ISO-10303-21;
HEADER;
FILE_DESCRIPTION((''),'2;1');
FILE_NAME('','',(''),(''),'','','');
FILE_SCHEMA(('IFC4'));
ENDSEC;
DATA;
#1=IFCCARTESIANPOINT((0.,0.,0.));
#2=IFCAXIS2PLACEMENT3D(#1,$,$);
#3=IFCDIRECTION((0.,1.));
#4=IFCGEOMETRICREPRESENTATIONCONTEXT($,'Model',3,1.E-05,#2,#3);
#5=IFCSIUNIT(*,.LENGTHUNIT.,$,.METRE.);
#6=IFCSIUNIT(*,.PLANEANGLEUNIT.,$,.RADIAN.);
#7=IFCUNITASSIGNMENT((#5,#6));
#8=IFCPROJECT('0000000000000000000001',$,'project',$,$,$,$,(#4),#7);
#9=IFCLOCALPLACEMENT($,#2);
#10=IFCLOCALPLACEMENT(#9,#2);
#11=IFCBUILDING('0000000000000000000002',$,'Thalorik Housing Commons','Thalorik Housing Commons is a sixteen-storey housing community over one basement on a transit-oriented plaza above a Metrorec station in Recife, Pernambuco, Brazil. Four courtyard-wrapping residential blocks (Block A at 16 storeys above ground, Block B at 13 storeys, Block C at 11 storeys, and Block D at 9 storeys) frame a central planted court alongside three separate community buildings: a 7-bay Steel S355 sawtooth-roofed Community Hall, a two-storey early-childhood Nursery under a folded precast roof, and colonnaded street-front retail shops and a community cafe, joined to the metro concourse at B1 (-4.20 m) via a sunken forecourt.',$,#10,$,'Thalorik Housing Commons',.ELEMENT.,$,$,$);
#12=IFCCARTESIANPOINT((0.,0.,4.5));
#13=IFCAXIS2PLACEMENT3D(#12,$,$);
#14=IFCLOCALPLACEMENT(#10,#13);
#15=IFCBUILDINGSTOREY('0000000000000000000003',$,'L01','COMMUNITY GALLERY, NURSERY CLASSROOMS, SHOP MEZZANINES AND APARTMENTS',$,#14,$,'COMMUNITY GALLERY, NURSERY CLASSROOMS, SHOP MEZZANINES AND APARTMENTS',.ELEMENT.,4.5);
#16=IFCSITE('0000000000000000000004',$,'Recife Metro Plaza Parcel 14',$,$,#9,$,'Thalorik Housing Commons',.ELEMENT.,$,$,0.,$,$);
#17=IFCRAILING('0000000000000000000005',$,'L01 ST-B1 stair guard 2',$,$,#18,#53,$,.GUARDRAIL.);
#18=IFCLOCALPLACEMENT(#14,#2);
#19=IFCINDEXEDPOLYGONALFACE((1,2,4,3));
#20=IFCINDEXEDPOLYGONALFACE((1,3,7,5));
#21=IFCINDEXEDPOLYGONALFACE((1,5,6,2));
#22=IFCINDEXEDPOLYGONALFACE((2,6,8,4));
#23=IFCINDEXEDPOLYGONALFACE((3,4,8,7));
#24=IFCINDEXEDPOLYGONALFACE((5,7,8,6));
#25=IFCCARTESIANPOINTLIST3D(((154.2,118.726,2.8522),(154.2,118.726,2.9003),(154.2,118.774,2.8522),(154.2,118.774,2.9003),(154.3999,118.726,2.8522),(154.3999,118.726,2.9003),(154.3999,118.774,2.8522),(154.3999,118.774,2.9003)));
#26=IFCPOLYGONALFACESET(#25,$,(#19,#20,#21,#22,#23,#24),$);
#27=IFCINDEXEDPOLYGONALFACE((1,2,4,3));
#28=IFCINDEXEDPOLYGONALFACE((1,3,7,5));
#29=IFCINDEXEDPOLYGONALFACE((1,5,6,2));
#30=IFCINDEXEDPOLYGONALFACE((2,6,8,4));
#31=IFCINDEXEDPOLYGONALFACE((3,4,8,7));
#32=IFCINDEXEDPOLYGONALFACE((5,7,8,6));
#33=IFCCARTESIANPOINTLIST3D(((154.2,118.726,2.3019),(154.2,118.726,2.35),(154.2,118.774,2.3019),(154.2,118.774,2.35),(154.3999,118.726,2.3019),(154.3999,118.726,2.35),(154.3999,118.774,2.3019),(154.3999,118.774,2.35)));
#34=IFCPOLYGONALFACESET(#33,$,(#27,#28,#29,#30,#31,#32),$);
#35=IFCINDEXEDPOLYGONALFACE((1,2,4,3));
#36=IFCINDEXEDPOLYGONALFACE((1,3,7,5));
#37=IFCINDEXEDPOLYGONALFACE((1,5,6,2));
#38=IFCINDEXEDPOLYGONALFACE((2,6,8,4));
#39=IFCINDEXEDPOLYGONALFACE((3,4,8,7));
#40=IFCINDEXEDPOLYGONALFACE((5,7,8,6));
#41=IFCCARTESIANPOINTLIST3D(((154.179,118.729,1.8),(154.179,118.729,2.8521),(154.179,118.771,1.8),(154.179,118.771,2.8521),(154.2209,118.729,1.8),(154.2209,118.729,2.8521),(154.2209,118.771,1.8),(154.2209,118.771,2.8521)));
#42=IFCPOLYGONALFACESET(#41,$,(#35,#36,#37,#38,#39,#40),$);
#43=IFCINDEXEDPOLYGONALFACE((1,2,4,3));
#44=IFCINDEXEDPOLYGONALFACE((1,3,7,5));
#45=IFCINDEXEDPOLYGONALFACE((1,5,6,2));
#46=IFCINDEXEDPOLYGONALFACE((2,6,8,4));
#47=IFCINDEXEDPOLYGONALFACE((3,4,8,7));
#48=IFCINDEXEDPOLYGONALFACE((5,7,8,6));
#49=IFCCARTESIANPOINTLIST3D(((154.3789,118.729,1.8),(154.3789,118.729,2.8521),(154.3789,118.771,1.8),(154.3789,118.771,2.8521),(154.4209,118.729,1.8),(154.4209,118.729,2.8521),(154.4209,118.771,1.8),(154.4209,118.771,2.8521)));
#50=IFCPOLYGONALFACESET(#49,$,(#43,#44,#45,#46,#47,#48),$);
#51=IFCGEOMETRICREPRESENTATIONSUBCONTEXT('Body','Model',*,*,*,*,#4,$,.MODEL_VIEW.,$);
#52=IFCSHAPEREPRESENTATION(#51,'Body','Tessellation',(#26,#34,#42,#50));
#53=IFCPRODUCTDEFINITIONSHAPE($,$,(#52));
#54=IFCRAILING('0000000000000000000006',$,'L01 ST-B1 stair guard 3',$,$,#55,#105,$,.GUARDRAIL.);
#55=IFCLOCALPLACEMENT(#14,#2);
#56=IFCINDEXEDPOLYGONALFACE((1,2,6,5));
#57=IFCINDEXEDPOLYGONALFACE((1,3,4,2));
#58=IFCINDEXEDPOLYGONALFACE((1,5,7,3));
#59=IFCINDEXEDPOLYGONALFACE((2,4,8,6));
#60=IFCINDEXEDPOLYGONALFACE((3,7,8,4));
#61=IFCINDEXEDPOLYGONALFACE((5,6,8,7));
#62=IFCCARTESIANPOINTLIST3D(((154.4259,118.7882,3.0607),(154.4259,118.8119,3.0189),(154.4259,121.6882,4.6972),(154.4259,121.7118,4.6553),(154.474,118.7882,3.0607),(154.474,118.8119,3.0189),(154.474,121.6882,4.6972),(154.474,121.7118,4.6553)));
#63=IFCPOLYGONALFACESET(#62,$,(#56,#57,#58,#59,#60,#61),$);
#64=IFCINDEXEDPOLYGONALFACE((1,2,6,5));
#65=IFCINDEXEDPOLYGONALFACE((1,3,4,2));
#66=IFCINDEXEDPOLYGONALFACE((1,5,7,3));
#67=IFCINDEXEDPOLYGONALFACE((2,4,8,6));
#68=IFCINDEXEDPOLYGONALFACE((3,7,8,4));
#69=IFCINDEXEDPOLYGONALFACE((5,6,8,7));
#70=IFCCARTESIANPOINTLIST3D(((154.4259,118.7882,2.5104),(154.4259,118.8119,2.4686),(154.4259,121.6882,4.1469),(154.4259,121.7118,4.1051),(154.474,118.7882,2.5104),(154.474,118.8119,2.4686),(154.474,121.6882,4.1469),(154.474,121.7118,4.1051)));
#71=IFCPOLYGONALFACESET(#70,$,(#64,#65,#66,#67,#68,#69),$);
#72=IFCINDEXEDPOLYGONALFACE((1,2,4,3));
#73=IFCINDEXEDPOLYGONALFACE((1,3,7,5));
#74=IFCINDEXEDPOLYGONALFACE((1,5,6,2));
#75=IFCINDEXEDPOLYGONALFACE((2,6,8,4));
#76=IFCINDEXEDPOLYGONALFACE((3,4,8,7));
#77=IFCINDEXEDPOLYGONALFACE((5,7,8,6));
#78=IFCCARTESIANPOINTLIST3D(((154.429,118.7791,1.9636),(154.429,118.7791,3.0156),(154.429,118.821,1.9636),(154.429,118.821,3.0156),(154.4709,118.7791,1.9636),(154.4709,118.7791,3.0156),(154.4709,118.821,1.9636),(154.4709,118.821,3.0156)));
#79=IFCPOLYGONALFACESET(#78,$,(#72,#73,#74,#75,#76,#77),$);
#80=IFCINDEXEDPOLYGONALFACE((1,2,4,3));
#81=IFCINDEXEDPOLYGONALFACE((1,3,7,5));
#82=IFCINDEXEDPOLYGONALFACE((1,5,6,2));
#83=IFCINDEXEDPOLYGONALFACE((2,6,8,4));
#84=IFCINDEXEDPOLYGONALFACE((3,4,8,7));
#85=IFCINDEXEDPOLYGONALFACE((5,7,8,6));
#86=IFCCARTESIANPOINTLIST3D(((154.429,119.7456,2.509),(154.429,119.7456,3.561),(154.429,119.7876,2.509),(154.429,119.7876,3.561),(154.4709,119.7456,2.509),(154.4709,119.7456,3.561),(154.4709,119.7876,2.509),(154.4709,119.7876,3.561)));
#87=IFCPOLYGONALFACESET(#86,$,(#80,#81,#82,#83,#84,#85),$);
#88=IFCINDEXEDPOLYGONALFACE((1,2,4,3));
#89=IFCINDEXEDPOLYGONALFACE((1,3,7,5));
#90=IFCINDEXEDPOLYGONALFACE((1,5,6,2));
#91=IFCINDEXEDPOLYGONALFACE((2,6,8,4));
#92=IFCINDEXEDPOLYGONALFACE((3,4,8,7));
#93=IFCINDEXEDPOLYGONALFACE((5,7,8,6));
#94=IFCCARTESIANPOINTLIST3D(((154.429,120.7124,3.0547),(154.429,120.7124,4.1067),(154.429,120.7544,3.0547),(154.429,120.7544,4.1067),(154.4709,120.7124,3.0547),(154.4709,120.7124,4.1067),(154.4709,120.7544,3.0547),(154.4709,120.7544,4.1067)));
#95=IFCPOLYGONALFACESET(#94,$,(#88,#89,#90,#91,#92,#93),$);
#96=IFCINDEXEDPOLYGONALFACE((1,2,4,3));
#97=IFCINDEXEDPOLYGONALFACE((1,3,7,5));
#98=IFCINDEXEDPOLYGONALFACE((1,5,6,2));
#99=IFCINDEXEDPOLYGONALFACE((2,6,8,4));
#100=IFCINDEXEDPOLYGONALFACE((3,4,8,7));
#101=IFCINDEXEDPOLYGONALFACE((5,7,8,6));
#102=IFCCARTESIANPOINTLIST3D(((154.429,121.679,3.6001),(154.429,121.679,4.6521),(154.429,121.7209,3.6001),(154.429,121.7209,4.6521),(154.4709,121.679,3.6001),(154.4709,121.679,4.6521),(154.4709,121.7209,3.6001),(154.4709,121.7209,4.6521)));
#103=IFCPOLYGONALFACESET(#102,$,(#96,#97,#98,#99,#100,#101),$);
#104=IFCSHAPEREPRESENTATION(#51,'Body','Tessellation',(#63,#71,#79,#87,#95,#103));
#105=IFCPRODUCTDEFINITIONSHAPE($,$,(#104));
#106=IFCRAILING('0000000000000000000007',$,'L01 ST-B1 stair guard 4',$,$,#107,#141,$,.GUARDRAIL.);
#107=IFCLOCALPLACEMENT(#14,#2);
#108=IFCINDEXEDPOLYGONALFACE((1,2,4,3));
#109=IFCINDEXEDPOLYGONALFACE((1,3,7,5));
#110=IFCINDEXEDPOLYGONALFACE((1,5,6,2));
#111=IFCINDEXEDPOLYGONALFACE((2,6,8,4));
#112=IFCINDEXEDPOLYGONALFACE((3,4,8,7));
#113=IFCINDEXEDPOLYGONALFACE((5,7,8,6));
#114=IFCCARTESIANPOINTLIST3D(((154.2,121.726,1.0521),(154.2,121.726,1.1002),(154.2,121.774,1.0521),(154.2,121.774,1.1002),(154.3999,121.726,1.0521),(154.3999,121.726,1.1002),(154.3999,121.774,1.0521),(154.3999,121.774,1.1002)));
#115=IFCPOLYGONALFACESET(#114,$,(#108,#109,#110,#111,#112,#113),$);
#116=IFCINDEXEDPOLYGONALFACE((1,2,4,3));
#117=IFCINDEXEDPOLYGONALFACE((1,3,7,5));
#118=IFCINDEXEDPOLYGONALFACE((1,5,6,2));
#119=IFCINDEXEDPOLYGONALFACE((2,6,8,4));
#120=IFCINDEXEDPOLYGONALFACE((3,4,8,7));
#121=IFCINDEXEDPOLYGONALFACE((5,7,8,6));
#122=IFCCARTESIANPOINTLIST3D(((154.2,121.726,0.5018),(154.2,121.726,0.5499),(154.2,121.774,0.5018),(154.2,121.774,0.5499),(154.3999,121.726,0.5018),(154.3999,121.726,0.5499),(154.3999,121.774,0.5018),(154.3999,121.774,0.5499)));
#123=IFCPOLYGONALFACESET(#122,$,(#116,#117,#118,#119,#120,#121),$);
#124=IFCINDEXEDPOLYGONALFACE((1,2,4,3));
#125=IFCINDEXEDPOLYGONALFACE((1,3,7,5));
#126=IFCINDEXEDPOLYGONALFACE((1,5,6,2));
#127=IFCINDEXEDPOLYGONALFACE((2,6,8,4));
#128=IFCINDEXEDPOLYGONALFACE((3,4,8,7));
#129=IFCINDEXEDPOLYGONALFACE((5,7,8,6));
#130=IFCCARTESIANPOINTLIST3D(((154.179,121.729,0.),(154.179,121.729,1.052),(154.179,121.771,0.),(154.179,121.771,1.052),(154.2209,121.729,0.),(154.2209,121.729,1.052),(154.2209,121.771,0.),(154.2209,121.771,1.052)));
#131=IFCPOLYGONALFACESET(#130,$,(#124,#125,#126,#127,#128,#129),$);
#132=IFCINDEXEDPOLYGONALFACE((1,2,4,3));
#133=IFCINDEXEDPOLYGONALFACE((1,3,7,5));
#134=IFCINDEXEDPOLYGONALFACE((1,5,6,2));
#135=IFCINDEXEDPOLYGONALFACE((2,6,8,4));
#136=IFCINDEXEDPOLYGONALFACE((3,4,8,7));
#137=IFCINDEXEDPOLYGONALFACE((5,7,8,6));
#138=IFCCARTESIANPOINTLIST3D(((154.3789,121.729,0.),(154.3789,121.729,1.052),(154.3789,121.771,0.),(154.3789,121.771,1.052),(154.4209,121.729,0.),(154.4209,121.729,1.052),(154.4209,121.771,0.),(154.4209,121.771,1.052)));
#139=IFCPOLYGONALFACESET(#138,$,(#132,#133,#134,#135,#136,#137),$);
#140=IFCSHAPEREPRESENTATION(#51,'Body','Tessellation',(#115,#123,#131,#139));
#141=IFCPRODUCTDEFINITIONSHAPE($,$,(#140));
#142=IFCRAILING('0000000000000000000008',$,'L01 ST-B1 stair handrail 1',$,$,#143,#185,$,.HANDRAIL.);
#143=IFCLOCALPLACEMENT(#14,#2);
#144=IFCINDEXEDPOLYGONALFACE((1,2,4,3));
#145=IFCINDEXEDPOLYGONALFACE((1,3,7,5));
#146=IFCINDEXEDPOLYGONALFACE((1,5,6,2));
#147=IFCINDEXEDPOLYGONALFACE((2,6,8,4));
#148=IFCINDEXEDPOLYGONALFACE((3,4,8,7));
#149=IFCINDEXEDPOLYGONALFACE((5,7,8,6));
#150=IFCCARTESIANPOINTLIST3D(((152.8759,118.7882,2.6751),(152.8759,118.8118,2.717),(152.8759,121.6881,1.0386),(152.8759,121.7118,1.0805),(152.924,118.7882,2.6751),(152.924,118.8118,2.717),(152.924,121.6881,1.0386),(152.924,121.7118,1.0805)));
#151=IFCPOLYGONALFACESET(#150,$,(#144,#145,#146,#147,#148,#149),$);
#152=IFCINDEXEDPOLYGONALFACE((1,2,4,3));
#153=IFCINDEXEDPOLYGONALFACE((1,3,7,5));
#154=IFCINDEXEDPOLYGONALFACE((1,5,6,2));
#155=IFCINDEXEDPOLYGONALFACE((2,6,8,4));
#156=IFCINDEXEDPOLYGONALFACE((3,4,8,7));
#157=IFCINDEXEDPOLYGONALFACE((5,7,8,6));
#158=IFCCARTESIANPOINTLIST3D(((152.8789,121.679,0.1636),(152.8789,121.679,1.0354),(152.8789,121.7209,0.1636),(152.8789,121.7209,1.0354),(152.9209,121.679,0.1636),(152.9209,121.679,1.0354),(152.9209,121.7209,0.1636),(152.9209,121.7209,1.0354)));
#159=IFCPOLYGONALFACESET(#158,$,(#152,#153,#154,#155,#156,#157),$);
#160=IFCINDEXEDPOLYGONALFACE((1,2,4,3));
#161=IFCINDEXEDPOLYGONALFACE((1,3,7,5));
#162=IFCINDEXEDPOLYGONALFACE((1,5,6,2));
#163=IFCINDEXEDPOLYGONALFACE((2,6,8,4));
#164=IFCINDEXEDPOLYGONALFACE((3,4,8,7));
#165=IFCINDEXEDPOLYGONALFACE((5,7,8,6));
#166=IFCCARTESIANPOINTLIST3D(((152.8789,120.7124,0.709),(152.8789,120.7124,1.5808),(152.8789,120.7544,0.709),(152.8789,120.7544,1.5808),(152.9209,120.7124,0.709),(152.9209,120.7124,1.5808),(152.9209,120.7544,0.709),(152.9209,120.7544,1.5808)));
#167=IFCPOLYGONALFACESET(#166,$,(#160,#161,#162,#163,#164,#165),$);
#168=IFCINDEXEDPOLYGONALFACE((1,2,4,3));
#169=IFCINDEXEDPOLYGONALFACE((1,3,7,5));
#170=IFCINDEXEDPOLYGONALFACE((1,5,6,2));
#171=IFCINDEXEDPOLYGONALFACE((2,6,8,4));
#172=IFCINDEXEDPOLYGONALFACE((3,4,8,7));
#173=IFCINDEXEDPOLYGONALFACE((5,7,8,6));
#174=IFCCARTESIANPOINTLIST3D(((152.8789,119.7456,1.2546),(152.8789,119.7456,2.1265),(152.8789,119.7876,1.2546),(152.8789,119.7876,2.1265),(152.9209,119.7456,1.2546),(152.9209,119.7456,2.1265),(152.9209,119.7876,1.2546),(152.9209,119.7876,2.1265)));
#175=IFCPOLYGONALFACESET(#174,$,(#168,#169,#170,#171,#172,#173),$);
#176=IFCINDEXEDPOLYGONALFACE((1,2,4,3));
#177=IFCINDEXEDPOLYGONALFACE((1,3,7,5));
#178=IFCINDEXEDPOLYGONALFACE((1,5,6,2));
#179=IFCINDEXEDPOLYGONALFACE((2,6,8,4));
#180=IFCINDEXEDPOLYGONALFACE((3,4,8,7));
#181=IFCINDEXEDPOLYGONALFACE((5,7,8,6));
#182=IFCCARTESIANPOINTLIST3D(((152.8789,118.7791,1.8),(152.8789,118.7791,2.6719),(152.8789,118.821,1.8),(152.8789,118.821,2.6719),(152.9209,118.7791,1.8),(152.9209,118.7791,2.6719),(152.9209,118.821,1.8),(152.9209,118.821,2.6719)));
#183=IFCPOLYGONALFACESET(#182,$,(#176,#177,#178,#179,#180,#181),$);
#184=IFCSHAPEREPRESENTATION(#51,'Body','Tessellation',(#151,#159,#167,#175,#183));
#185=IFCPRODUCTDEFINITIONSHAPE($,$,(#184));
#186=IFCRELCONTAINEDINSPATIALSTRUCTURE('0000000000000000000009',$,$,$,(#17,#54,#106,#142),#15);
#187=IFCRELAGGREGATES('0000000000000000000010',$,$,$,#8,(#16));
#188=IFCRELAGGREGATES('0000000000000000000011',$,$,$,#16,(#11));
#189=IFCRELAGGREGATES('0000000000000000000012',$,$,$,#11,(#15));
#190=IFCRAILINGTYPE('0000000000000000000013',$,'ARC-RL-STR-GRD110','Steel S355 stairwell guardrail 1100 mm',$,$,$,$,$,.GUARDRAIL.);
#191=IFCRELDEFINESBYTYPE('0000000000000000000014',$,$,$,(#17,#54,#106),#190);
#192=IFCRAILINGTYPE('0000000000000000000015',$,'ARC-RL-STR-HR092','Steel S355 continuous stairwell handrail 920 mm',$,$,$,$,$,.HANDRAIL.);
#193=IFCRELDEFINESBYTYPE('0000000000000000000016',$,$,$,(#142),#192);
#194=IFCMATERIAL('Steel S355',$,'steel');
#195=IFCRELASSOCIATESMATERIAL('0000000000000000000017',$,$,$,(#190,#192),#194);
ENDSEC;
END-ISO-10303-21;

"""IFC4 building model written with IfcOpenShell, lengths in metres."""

from ifc_helpers import new_model, si_unit, direction, frame, origin, origin_2d, place, context, subcontext, project, spatial, rectangle, extrude, material, type_object, element, save


model = new_model("IFC4")

# Units and contexts
model_context = context("Model", 3, precision=1e-05, world=origin(), true_north=direction((0.0, 1.0)))
body_context = subcontext(model_context, "Body", "Model", "MODEL_VIEW")
ifc_project = project(units=[si_unit("LENGTHUNIT", "METRE"), si_unit("PLANEANGLEUNIT", "RADIAN")], contexts=[model_context])

# Site, building, storey
site_placement = place(None, origin())
site = spatial("IfcSite", under=ifc_project, at=site_placement, Name="Recife Metro Plaza Parcel 14", LongName="Thalorik Housing Commons", CompositionType="ELEMENT", RefElevation=0.0)
building_placement = place(site_placement, origin())
building = spatial("IfcBuilding", under=site, at=building_placement, Name="Thalorik Housing Commons", Description="Thalorik Housing Commons is a sixteen-storey housing community over one basement on a transit-oriented plaza above a Metrorec station in Recife, Pernambuco, Brazil. Four courtyard-wrapping residential blocks (Block A at 16 storeys above ground, Block B at 13 storeys, Block C at 11 storeys, and Block D at 9 storeys) frame a central planted court alongside three separate community buildings: a 7-bay Steel S355 sawtooth-roofed Community Hall, a two-storey early-childhood Nursery under a folded precast roof, and colonnaded street-front retail shops and a community cafe, joined to the metro concourse at B1 (-4.20 m) via a sunken forecourt.", LongName="Thalorik Housing Commons", CompositionType="ELEMENT")
storey_placement = place(building_placement, frame((0.0, 0.0, 4.5)))
storey = spatial("IfcBuildingStorey", under=building, at=storey_placement, Name="L01", Description="COMMUNITY GALLERY, NURSERY CLASSROOMS, SHOP MEZZANINES AND APARTMENTS", LongName="COMMUNITY GALLERY, NURSERY CLASSROOMS, SHOP MEZZANINES AND APARTMENTS", CompositionType="ELEMENT", Elevation=4.5)

# Shared definitions
ifc_material_1 = material(Name="Steel S355", Category="steel")

# Railings
railing_type_1 = type_object("IfcRailingType", Name="ARC-RL-STR-GRD110", Description="Steel S355 stairwell guardrail 1100 mm", PredefinedType="GUARDRAIL", material=ifc_material_1)
railing_1_placement = place(storey_placement, frame((154.2, 118.75, 1.8)))
element("IfcRailing", 1, at=railing_1_placement, inside=storey, type_object=railing_type_1, Name="L01 ST-B1 stair guard 2", PredefinedType="GUARDRAIL", context=body_context, shape_type="SweptSolid", body=[
    extrude(rectangle(XDim=0.0481, YDim=0.0481, at=origin_2d()), frame((0.0, 0.0, 1.0762), z_axis=(1.0, 0.0, 0.0), x_axis=(0.0, 1.0, 0.0)), (0.0, 0.0, 1.0), 0.2),
    extrude(rectangle(XDim=0.0481, YDim=0.0481, at=origin_2d()), frame((0.0, 0.0, 0.5259), z_axis=(1.0, 0.0, 0.0), x_axis=(0.0, 1.0, 0.0)), (0.0, 0.0, 1.0), 0.2),
    extrude(rectangle(XDim=0.042, YDim=0.042, at=origin_2d()), origin(), (0.0, 0.0, 1.0), 1.052),
    extrude(rectangle(XDim=0.042, YDim=0.042, at=origin_2d()), frame((0.2, 0.0, 0.0)), (0.0, 0.0, 1.0), 1.052),
])
railing_2_placement = place(storey_placement, frame((154.45, 118.8, 1.9636)))
element("IfcRailing", 2, at=railing_2_placement, inside=storey, type_object=railing_type_1, Name="L01 ST-B1 stair guard 3", PredefinedType="GUARDRAIL", context=body_context, shape_type="SweptSolid", body=[
    extrude(rectangle(XDim=0.0481, YDim=0.0481, at=origin_2d()), frame((0.0, 0.0, 1.0762), z_axis=(0.0, 0.870897, 0.491465), x_axis=(-1.0, 0.0, 0.0)), (0.0, 0.0, 1.0), 3.3298),
    extrude(rectangle(XDim=0.0481, YDim=0.0481, at=origin_2d()), frame((0.0, 0.0, 0.5259), z_axis=(0.0, 0.870897, 0.491465), x_axis=(-1.0, 0.0, 0.0)), (0.0, 0.0, 1.0), 3.3298),
    extrude(rectangle(XDim=0.042, YDim=0.042, at=origin_2d()), origin(), (0.0, 0.0, 1.0), 1.052),
    extrude(rectangle(XDim=0.042, YDim=0.042, at=origin_2d()), frame((0.0, 0.9666, 0.5454)), (0.0, 0.0, 1.0), 1.052),
    extrude(rectangle(XDim=0.042, YDim=0.042, at=origin_2d()), frame((0.0, 1.9333, 1.0911)), (0.0, 0.0, 1.0), 1.052),
    extrude(rectangle(XDim=0.042, YDim=0.042, at=origin_2d()), frame((0.0, 2.8999, 1.6365)), (0.0, 0.0, 1.0), 1.052),
])
railing_3_placement = place(storey_placement, frame((154.2, 121.75, 0.0)))
element("IfcRailing", 3, at=railing_3_placement, inside=storey, type_object=railing_type_1, Name="L01 ST-B1 stair guard 4", PredefinedType="GUARDRAIL", context=body_context, shape_type="SweptSolid", body=[
    extrude(rectangle(XDim=0.0481, YDim=0.0481, at=origin_2d()), frame((0.0, 0.0, 1.0762), z_axis=(1.0, 0.0, 0.0), x_axis=(0.0, 1.0, 0.0)), (0.0, 0.0, 1.0), 0.2),
    extrude(rectangle(XDim=0.0481, YDim=0.0481, at=origin_2d()), frame((0.0, 0.0, 0.5259), z_axis=(1.0, 0.0, 0.0), x_axis=(0.0, 1.0, 0.0)), (0.0, 0.0, 1.0), 0.2),
    extrude(rectangle(XDim=0.042, YDim=0.042, at=origin_2d()), origin(), (0.0, 0.0, 1.0), 1.052),
    extrude(rectangle(XDim=0.042, YDim=0.042, at=origin_2d()), frame((0.2, 0.0, 0.0)), (0.0, 0.0, 1.0), 1.052),
])
railing_type_2 = type_object("IfcRailingType", Name="ARC-RL-STR-HR092", Description="Steel S355 continuous stairwell handrail 920 mm", PredefinedType="HANDRAIL", material=ifc_material_1)
railing_4_placement = place(storey_placement, frame((152.8999, 121.7, 0.1636)))
element("IfcRailing", 4, at=railing_4_placement, inside=storey, type_object=railing_type_2, Name="L01 ST-B1 stair handrail 1", PredefinedType="HANDRAIL", context=body_context, shape_type="SweptSolid", body=[
    extrude(rectangle(XDim=0.0481, YDim=0.0481, at=origin_2d()), frame((0.0, 0.0, 0.896), z_axis=(0.0, -0.870897, 0.491465), x_axis=(1.0, 0.0, 0.0)), (0.0, 0.0, 1.0), 3.3298),
    extrude(rectangle(XDim=0.042, YDim=0.042, at=origin_2d()), origin(), (0.0, 0.0, 1.0), 0.8718),
    extrude(rectangle(XDim=0.042, YDim=0.042, at=origin_2d()), frame((0.0, -0.9666, 0.5454)), (0.0, 0.0, 1.0), 0.8718),
    extrude(rectangle(XDim=0.042, YDim=0.042, at=origin_2d()), frame((0.0, -1.9333, 1.0911)), (0.0, 0.0, 1.0), 0.8718),
    extrude(rectangle(XDim=0.042, YDim=0.042, at=origin_2d()), frame((0.0, -2.8999, 1.6365)), (0.0, 0.0, 1.0), 0.8718),
])

save(model, "model.ifc")
